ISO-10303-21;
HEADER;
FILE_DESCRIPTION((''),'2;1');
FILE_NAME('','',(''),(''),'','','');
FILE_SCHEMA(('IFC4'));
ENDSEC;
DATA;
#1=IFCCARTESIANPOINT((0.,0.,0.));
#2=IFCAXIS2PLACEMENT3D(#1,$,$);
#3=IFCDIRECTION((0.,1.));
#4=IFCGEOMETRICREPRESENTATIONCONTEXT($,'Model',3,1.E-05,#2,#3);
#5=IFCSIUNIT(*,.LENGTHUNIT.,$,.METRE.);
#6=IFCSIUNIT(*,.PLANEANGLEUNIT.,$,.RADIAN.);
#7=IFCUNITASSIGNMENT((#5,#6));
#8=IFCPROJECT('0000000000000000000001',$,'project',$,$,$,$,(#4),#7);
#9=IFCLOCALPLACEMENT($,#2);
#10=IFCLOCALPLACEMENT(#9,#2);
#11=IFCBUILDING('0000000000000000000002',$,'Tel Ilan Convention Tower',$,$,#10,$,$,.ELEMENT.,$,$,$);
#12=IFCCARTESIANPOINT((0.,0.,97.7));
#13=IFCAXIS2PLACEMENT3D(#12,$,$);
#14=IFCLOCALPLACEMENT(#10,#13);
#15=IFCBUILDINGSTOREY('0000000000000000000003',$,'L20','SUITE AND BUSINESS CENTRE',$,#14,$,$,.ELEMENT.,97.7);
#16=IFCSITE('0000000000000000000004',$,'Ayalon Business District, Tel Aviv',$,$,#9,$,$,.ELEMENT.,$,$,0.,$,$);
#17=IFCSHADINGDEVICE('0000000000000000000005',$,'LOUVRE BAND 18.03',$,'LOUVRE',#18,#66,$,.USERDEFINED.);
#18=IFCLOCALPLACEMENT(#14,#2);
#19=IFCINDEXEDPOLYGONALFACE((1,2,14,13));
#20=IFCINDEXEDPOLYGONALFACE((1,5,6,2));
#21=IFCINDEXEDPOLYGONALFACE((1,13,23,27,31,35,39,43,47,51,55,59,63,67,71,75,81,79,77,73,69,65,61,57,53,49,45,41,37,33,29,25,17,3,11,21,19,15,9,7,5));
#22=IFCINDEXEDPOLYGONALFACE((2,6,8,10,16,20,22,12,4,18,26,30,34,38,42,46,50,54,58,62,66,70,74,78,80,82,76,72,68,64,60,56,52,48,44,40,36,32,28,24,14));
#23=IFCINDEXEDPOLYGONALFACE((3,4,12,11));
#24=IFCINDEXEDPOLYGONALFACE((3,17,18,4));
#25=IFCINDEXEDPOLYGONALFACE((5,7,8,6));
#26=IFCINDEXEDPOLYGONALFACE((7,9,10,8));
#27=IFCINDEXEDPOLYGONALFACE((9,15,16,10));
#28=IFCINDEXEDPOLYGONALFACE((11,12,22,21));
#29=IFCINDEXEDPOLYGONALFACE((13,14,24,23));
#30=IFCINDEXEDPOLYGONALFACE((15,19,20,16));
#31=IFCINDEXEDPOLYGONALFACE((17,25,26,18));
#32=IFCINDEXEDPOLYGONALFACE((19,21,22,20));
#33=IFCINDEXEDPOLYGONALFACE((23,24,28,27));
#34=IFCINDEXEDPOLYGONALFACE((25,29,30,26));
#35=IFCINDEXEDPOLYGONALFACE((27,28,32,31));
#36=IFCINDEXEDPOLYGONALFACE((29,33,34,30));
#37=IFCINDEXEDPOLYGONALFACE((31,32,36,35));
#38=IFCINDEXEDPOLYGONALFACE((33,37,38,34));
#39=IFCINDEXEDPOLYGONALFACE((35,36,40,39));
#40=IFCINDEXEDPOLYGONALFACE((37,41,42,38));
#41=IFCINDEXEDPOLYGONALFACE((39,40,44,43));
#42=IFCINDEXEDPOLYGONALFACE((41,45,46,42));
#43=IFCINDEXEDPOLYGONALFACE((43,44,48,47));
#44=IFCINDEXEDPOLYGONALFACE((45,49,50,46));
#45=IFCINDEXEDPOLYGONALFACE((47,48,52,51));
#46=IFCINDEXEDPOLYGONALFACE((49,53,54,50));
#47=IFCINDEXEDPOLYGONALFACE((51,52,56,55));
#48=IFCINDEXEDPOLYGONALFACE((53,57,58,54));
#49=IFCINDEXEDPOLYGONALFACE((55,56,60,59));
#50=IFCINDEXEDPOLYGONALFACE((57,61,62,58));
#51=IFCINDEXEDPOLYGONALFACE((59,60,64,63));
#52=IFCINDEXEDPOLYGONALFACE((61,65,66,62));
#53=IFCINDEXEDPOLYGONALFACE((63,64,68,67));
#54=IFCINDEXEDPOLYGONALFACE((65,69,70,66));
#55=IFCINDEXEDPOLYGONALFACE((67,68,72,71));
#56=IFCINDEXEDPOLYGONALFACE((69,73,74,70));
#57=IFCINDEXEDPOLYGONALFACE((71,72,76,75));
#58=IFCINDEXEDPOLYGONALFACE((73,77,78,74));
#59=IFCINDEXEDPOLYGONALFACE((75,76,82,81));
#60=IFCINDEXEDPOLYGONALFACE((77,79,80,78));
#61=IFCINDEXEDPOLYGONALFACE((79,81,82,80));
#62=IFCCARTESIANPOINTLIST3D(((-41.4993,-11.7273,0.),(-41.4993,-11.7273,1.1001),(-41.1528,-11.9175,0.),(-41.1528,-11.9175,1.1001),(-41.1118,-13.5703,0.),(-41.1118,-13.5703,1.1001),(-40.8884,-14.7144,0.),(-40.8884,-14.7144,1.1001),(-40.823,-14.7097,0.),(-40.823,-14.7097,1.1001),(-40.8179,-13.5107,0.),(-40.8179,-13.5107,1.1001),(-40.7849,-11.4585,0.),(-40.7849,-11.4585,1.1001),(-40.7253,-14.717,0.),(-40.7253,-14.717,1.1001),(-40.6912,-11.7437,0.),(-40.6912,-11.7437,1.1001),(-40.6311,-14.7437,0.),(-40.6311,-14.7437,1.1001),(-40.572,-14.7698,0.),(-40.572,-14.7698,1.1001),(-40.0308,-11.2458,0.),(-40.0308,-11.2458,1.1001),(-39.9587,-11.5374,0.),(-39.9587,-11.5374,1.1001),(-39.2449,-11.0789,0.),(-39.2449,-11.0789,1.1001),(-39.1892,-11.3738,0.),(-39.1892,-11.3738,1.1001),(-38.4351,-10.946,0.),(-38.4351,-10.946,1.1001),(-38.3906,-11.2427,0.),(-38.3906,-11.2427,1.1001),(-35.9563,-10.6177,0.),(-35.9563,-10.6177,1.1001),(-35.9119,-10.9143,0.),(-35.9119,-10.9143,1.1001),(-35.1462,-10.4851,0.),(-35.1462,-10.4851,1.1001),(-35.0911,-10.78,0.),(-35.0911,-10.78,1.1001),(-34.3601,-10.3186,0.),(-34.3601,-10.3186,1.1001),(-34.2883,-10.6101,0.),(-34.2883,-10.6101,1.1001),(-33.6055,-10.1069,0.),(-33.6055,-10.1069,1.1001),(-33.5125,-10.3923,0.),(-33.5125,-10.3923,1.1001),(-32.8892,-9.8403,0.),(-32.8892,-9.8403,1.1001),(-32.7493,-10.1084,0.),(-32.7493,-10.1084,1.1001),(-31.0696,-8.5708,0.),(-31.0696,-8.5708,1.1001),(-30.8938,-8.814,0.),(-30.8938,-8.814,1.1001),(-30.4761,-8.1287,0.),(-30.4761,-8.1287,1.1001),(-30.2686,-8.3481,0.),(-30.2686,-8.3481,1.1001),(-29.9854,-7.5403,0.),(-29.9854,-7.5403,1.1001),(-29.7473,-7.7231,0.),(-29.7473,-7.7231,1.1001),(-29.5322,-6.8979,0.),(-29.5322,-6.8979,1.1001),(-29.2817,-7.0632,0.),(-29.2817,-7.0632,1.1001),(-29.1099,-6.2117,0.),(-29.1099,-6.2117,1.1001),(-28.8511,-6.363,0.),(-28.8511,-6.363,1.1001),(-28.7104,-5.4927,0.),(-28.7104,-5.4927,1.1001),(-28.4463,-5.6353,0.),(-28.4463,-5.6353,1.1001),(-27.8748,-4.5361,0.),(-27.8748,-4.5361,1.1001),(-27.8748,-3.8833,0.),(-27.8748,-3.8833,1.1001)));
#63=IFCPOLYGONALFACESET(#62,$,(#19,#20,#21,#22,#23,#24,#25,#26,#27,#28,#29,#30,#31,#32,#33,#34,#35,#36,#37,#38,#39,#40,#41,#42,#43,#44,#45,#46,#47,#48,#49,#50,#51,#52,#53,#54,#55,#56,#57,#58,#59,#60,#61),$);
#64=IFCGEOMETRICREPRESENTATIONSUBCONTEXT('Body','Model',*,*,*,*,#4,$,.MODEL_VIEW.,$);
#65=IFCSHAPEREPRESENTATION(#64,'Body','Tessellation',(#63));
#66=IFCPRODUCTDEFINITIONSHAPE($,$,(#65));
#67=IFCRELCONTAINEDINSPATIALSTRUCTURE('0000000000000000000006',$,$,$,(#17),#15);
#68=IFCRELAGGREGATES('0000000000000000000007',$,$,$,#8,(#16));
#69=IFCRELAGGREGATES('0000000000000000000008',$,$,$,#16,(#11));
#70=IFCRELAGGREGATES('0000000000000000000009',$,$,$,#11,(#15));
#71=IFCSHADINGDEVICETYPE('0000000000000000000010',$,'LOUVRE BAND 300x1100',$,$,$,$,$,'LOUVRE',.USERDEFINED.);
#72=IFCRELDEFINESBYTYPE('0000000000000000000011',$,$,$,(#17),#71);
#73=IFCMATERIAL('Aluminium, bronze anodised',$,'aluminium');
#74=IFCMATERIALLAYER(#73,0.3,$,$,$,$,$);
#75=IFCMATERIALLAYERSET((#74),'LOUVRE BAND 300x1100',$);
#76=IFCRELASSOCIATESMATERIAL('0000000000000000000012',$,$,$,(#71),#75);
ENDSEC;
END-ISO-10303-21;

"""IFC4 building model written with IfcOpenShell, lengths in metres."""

from ifc_helpers import new_model, si_unit, direction, frame, origin, place, context, subcontext, project, spatial, polyline, outline, extrude, material, layer, layer_set, type_object, element, save


model = new_model("IFC4")

# Units and contexts
model_context = context("Model", 3, precision=1e-05, world=origin(), true_north=direction((0.0, 1.0)))
body_context = subcontext(model_context, "Body", "Model", "MODEL_VIEW")
ifc_project = project(units=[si_unit("LENGTHUNIT", "METRE"), si_unit("PLANEANGLEUNIT", "RADIAN")], contexts=[model_context])

# Site, building, storey
site_placement = place(None, origin())
site = spatial("IfcSite", under=ifc_project, at=site_placement, Name="Ayalon Business District, Tel Aviv", CompositionType="ELEMENT", RefElevation=0.0)
building_placement = place(site_placement, origin())
building = spatial("IfcBuilding", under=site, at=building_placement, Name="Tel Ilan Convention Tower", CompositionType="ELEMENT")
storey_placement = place(building_placement, frame((0.0, 0.0, 97.7)))
storey = spatial("IfcBuildingStorey", under=building, at=storey_placement, Name="L20", Description="SUITE AND BUSINESS CENTRE", CompositionType="ELEMENT", Elevation=97.7)

# Shading device
ifc_material_1 = material(Name="Aluminium, bronze anodised", Category="aluminium")
ifc_layer_1 = layer(ifc_material_1, 0.3)
ifc_layer_set_1 = layer_set([ifc_layer_1], Name="LOUVRE BAND 300x1100")
shading_device_type_1 = type_object("IfcShadingDeviceType", Name="LOUVRE BAND 300x1100", ElementType="LOUVRE", PredefinedType="USERDEFINED", material=ifc_layer_set_1)
shading_device_1_placement = place(storey_placement, origin())
element("IfcShadingDevice", 1, at=shading_device_1_placement, inside=storey, type_object=shading_device_type_1, Name="LOUVRE BAND 18.03", ObjectType="LOUVRE", PredefinedType="USERDEFINED", context=body_context, shape_type="SweptSolid", body=[
    extrude(outline(polyline([(-40.8884, -14.7144), (-40.823, -14.7097), (-40.7253, -14.717), (-40.6311, -14.7437), (-40.572, -14.7698), (-40.8179, -13.5107), (-41.1528, -11.9175), (-40.6912, -11.7437), (-39.9587, -11.5374), (-39.1892, -11.3738), (-38.3906, -11.2427), (-35.9119, -10.9143), (-35.0911, -10.78), (-34.2883, -10.6101), (-33.5125, -10.3923), (-32.7493, -10.1084), (-30.8938, -8.814), (-30.2686, -8.3481), (-29.7473, -7.7231), (-29.2817, -7.0632), (-28.8511, -6.363), (-28.4463, -5.6353), (-27.8748, -4.5361), (-27.8748, -3.8833), (-28.7104, -5.4927), (-29.1099, -6.2117), (-29.5322, -6.8979), (-29.9854, -7.5403), (-30.4761, -8.1287), (-31.0696, -8.5708), (-32.8892, -9.8403), (-33.6055, -10.1069), (-34.3601, -10.3186), (-35.1462, -10.4851), (-35.9563, -10.6177), (-38.4351, -10.946), (-39.2449, -11.0789), (-40.0308, -11.2458), (-40.7849, -11.4585), (-41.4993, -11.7273), (-41.1118, -13.5703), (-40.8884, -14.7144)])), origin(), (0.0, 0.0, 1.0), 1.1001),
])

save(model, "model.ifc")
